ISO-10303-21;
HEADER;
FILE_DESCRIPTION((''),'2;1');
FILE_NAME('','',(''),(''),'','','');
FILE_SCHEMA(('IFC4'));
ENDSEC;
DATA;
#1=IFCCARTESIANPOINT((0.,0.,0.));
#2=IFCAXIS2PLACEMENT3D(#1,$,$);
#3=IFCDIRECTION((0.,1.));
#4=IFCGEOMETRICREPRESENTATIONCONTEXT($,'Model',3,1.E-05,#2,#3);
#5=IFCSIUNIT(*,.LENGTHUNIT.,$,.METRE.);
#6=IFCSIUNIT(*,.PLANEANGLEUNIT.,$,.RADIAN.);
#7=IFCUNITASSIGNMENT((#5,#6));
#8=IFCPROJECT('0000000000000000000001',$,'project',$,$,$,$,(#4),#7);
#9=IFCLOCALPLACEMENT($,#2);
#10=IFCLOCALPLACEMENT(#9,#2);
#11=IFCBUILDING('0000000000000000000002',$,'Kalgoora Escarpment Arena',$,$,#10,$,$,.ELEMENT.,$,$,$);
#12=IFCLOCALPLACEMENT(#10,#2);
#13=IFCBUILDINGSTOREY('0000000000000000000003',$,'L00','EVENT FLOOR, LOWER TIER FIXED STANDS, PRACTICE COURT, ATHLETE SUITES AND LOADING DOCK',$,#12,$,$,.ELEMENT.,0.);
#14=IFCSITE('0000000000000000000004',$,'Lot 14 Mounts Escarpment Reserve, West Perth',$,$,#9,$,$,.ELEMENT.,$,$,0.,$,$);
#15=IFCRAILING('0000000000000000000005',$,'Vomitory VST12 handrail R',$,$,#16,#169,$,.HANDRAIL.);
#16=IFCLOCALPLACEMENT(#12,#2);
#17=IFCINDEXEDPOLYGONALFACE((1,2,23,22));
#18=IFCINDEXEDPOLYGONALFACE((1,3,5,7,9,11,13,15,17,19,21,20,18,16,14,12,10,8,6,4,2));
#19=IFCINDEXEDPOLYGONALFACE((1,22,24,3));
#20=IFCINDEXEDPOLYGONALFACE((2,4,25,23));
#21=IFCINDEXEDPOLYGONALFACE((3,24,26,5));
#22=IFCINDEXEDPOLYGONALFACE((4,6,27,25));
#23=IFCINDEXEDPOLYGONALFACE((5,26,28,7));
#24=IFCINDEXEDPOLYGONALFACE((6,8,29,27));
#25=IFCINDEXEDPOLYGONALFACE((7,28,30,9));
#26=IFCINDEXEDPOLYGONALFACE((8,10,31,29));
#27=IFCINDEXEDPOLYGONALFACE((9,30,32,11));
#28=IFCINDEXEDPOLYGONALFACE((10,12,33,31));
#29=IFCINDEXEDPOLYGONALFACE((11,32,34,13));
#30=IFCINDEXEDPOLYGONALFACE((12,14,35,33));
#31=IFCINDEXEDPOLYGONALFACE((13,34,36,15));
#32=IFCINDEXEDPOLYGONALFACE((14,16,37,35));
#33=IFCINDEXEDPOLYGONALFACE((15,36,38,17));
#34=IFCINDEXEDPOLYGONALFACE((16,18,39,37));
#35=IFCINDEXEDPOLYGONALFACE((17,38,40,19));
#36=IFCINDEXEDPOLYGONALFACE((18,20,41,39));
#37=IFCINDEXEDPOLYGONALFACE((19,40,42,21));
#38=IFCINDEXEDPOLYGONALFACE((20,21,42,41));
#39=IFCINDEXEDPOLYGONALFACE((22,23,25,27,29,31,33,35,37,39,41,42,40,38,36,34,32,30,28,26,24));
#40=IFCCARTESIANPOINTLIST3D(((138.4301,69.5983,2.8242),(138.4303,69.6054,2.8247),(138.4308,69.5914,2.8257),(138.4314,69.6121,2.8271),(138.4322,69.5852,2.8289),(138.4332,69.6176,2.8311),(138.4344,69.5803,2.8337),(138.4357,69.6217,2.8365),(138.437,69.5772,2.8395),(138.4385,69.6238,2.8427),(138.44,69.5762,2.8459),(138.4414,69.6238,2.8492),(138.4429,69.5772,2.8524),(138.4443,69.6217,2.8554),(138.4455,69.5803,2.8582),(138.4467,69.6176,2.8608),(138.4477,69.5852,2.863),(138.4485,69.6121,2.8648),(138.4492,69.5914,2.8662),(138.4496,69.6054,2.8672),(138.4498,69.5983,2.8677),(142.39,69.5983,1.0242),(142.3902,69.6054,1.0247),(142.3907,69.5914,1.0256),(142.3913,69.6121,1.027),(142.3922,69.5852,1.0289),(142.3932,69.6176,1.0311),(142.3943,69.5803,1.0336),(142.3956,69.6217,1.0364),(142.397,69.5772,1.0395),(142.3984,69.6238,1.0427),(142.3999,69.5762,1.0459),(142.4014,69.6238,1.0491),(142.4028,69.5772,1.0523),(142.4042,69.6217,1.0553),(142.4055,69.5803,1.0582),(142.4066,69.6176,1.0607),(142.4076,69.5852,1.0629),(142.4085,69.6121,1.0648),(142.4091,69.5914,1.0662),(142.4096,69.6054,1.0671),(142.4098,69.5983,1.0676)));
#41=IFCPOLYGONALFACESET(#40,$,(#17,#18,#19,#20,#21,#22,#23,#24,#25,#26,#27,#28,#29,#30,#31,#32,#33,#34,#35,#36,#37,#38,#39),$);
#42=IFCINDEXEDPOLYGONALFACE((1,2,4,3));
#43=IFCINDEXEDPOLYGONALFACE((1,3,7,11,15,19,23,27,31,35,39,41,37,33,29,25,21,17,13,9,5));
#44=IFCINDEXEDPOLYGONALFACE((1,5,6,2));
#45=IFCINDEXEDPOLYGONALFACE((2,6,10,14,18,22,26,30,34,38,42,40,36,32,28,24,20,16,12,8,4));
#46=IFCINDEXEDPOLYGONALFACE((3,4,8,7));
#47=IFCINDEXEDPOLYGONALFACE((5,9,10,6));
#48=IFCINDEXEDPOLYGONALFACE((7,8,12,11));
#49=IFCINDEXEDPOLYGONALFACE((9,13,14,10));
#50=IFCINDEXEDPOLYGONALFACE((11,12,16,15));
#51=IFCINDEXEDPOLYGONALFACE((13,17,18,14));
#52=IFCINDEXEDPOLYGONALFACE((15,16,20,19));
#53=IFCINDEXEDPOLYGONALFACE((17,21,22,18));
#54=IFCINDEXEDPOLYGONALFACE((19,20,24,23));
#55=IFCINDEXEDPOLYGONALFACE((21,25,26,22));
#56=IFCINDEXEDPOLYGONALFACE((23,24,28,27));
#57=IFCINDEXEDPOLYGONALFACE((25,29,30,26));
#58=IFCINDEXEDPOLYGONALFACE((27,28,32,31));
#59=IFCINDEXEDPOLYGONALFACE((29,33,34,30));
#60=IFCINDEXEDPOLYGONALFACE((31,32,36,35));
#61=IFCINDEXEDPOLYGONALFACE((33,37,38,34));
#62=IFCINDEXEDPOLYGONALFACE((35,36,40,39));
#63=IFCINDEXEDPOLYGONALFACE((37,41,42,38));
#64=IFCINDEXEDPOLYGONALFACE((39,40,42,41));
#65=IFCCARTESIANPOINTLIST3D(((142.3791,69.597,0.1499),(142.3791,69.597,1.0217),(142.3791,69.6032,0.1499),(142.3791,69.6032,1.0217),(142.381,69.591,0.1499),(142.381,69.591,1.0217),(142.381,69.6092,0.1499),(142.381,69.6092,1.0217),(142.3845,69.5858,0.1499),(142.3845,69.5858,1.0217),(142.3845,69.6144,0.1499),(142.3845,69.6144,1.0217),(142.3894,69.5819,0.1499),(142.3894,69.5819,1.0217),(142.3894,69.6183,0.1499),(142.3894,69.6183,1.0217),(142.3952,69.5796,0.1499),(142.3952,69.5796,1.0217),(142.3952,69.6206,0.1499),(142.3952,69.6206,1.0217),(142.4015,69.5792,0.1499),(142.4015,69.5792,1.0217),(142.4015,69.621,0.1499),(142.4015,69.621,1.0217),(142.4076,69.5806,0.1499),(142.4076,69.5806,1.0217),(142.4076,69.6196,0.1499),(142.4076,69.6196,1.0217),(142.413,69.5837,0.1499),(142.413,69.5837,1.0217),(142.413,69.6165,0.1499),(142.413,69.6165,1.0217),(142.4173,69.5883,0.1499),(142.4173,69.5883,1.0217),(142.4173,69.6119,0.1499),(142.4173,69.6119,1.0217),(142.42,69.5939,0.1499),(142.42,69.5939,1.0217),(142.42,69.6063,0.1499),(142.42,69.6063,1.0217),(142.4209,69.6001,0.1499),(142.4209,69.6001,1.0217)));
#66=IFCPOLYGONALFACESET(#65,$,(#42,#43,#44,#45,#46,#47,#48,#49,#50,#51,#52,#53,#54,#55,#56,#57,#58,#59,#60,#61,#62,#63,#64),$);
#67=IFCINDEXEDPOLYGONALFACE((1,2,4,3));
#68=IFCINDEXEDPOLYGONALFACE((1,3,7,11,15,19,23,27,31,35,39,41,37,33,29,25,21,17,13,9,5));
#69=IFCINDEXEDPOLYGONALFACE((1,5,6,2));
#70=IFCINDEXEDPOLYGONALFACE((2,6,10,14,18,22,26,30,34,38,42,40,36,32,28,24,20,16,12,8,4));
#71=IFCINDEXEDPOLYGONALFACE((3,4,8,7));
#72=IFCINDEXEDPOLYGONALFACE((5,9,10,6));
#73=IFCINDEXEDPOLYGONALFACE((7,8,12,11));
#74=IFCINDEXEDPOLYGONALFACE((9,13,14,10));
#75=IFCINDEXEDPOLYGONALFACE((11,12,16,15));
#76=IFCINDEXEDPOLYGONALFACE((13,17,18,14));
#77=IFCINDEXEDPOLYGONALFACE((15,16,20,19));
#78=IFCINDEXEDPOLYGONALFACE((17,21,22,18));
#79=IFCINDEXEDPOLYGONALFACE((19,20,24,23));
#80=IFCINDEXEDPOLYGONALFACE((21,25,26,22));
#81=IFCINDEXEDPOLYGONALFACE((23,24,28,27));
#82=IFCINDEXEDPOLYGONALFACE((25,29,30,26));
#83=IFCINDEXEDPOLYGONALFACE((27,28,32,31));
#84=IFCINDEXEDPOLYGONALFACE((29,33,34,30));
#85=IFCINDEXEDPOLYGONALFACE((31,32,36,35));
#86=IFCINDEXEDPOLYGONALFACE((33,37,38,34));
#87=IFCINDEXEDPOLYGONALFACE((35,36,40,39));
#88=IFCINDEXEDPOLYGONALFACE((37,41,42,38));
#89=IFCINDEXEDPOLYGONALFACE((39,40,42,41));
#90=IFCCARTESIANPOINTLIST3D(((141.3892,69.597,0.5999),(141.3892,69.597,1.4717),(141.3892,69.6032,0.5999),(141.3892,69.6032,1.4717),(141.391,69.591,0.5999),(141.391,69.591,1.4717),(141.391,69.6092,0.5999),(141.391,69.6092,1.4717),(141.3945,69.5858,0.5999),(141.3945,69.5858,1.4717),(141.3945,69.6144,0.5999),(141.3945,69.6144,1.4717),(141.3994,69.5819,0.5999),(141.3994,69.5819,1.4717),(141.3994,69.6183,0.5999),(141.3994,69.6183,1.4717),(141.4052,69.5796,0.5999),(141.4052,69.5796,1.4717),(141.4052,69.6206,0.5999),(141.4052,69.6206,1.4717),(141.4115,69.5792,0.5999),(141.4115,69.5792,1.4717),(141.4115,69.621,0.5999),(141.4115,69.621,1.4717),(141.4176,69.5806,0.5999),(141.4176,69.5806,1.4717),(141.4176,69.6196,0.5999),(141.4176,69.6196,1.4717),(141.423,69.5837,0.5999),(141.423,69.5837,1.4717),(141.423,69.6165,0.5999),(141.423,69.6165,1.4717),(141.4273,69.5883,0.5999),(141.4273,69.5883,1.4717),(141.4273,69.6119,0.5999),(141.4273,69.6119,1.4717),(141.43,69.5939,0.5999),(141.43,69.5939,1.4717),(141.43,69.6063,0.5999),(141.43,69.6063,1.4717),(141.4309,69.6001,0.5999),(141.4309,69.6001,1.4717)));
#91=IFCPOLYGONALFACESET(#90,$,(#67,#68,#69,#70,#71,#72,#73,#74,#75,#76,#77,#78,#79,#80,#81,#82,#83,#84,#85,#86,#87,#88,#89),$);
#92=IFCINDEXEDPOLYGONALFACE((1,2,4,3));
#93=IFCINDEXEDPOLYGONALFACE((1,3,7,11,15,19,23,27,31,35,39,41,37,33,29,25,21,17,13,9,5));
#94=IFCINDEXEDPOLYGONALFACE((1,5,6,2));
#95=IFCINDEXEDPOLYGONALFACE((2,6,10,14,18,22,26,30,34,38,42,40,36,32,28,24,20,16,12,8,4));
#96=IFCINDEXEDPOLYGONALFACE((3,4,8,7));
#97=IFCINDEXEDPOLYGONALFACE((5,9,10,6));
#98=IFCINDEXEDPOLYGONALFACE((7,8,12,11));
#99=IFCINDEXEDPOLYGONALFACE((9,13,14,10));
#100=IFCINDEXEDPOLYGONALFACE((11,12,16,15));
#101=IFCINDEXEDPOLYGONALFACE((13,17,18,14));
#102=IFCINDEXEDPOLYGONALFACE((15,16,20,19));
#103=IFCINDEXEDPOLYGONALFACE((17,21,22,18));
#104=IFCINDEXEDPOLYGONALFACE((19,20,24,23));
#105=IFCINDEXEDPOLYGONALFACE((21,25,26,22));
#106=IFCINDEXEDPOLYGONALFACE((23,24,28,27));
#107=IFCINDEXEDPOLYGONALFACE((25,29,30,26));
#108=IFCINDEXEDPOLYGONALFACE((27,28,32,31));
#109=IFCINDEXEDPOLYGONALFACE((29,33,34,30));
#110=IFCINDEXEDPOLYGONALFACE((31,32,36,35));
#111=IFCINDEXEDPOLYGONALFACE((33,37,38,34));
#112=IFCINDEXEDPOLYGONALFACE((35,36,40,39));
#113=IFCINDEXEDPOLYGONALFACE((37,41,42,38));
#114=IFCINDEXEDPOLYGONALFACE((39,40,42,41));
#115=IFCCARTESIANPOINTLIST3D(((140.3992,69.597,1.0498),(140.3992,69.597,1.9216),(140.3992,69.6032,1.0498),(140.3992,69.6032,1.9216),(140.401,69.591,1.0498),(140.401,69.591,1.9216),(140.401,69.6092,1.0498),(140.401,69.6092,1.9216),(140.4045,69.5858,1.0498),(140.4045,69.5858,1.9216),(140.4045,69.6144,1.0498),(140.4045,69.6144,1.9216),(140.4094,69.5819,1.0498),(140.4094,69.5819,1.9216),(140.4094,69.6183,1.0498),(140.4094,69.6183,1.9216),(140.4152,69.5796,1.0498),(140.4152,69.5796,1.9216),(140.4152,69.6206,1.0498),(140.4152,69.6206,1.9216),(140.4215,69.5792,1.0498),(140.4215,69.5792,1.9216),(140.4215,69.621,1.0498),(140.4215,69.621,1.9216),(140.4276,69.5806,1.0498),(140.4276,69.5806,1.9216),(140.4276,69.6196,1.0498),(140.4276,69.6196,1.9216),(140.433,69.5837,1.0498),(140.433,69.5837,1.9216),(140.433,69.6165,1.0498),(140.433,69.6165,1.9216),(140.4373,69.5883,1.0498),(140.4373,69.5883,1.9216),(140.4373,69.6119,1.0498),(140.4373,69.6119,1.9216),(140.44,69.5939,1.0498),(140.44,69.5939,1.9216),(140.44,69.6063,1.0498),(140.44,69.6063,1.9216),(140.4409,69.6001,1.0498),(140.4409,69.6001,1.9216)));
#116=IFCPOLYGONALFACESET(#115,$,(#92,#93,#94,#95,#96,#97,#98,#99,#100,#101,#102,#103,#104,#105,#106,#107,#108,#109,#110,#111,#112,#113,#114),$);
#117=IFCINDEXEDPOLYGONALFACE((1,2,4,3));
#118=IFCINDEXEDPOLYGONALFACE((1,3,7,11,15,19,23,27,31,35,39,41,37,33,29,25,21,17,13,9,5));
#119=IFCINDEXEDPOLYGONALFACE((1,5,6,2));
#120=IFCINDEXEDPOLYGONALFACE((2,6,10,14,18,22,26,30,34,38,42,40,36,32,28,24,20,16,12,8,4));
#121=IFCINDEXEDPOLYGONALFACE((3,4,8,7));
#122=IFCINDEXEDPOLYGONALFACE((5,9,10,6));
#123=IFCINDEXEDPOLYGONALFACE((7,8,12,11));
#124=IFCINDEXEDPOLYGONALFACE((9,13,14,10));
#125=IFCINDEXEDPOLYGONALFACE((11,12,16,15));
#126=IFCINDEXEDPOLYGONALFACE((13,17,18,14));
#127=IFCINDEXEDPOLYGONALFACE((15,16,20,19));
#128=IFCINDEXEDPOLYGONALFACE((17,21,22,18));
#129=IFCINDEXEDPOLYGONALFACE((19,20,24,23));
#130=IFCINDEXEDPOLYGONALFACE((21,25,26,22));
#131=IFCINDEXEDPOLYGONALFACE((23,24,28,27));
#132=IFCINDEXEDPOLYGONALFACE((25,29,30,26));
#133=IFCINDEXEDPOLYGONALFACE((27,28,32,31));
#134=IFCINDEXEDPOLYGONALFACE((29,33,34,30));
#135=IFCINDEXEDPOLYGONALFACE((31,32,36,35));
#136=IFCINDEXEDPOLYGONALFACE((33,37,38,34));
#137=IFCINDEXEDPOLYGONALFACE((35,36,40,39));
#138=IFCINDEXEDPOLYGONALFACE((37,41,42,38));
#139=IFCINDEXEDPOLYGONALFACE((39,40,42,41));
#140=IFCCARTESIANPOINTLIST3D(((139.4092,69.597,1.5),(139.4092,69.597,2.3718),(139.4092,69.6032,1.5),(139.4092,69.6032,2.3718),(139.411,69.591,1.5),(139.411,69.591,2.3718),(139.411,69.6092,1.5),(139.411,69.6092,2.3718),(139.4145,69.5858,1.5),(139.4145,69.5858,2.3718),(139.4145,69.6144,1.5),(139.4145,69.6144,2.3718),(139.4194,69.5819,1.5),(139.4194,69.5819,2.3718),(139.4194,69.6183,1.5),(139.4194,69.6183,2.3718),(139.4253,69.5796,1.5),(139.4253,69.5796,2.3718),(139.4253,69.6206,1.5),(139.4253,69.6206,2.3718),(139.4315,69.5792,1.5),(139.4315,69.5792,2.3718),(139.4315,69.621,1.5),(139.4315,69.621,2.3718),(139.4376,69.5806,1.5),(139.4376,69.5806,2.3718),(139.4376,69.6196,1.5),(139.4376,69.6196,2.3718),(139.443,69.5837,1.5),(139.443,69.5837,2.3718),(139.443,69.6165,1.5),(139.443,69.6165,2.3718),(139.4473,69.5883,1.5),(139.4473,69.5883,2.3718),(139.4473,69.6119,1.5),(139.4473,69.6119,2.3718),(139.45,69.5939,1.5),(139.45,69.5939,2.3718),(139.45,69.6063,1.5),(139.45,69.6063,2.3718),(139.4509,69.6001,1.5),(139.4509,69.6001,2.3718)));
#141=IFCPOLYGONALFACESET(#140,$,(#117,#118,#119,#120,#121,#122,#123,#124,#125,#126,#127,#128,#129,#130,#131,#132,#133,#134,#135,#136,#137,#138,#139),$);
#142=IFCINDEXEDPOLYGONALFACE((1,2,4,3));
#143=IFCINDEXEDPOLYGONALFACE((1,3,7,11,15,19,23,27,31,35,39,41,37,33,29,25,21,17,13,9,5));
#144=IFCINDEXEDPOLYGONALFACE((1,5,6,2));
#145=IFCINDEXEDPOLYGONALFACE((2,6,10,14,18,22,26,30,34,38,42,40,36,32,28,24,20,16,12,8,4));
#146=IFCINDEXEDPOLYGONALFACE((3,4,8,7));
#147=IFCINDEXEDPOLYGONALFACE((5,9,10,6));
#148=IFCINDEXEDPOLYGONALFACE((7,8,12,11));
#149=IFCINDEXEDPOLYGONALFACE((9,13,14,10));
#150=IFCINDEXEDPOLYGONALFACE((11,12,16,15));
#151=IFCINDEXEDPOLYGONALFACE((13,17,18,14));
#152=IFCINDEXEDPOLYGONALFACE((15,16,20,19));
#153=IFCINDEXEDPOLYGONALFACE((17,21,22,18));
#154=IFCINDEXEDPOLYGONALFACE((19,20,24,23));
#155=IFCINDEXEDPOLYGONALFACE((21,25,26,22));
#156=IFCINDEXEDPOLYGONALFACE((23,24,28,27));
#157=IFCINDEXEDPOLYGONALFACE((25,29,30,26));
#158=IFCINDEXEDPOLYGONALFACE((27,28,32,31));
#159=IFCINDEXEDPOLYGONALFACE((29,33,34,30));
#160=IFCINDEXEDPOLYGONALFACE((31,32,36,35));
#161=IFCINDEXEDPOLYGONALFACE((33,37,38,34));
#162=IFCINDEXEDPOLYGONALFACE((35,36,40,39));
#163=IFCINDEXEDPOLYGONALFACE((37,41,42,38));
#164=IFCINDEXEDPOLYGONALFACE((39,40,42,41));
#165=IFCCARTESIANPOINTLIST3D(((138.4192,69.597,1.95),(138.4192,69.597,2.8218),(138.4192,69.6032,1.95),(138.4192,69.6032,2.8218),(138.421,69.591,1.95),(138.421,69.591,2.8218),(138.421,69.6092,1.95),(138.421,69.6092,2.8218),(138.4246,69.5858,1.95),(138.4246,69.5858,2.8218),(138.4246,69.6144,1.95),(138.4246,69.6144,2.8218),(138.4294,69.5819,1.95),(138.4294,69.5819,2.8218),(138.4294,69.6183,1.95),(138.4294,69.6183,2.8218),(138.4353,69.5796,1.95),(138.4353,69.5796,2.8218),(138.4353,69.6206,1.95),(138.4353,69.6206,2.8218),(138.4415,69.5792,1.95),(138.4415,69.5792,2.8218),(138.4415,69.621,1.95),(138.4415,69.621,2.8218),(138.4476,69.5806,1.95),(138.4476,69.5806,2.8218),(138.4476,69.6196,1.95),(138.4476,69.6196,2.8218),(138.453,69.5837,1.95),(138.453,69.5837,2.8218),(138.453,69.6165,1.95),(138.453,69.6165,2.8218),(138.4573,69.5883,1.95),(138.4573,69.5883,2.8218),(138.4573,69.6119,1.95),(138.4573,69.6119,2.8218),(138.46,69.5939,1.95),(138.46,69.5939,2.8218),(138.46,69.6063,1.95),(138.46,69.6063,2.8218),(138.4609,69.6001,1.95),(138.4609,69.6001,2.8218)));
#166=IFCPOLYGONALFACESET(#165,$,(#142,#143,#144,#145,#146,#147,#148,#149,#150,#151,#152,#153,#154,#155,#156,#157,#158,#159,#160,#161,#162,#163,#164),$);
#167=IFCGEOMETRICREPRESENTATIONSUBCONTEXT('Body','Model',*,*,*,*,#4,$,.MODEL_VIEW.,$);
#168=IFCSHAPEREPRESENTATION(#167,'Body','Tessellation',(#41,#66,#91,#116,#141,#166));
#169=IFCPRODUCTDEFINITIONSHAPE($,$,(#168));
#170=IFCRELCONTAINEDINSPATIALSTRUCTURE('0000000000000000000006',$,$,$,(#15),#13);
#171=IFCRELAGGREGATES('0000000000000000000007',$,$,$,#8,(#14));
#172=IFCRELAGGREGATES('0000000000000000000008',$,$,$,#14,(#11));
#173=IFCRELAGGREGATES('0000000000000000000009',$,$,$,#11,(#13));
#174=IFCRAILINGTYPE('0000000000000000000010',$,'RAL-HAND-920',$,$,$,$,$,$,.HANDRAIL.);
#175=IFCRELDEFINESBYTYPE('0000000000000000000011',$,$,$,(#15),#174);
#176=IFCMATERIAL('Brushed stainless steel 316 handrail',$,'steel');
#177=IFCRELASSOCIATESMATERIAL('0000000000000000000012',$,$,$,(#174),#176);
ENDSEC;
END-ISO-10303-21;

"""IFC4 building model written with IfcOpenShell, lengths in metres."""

from ifc_helpers import new_model, si_unit, direction, frame, origin, origin_2d, place, context, subcontext, project, spatial, circle, extrude, material, type_object, element, save


model = new_model("IFC4")

# Units and contexts
model_context = context("Model", 3, precision=1e-05, world=origin(), true_north=direction((0.0, 1.0)))
body_context = subcontext(model_context, "Body", "Model", "MODEL_VIEW")
ifc_project = project(units=[si_unit("LENGTHUNIT", "METRE"), si_unit("PLANEANGLEUNIT", "RADIAN")], contexts=[model_context])

# Site, building, storey
site_placement = place(None, origin())
site = spatial("IfcSite", under=ifc_project, at=site_placement, Name="Lot 14 Mounts Escarpment Reserve, West Perth", CompositionType="ELEMENT", RefElevation=0.0)
building_placement = place(site_placement, origin())
building = spatial("IfcBuilding", under=site, at=building_placement, Name="Kalgoora Escarpment Arena", CompositionType="ELEMENT")
storey_placement = place(building_placement, origin())
storey = spatial("IfcBuildingStorey", under=building, at=storey_placement, Name="L00", Description="EVENT FLOOR, LOWER TIER FIXED STANDS, PRACTICE COURT, ATHLETE SUITES AND LOADING DOCK", CompositionType="ELEMENT", Elevation=0.0)

# Railing
ifc_material_1 = material(Name="Brushed stainless steel 316 handrail", Category="steel")
railing_type_1 = type_object("IfcRailingType", Name="RAL-HAND-920", PredefinedType="HANDRAIL", material=ifc_material_1)
for number, where, name in (
    (1, (142.3999, 69.6001, 0.1499), "Vomitory VST12 handrail R"),
):
    element("IfcRailing", number, at=place(storey_placement, frame(where)), inside=storey, type_object=railing_type_1, Name=name, PredefinedType="HANDRAIL", context=body_context, shape_type="SweptSolid", body=[
        extrude(circle(Radius=0.0239, at=origin_2d()), frame((0.0, 0.0, 0.896), z_axis=(-0.910361, 0.0, 0.413816), x_axis=(0.0, -1.0, 0.0)), (0.0, 0.0, 1.0), 4.3499),
        extrude(circle(Radius=0.021, at=origin_2d()), origin(), (0.0, 0.0, 1.0), 0.8718),
        extrude(circle(Radius=0.021, at=origin_2d()), frame((-0.99, 0.0, 0.45)), (0.0, 0.0, 1.0), 0.8718),
        extrude(circle(Radius=0.021, at=origin_2d()), frame((-1.98, 0.0, 0.8999)), (0.0, 0.0, 1.0), 0.8718),
        extrude(circle(Radius=0.021, at=origin_2d()), frame((-2.97, 0.0, 1.3501)), (0.0, 0.0, 1.0), 0.8718),
        extrude(circle(Radius=0.021, at=origin_2d()), frame((-3.96, 0.0, 1.8)), (0.0, 0.0, 1.0), 0.8718),
    ])

save(model, "model.ifc")
